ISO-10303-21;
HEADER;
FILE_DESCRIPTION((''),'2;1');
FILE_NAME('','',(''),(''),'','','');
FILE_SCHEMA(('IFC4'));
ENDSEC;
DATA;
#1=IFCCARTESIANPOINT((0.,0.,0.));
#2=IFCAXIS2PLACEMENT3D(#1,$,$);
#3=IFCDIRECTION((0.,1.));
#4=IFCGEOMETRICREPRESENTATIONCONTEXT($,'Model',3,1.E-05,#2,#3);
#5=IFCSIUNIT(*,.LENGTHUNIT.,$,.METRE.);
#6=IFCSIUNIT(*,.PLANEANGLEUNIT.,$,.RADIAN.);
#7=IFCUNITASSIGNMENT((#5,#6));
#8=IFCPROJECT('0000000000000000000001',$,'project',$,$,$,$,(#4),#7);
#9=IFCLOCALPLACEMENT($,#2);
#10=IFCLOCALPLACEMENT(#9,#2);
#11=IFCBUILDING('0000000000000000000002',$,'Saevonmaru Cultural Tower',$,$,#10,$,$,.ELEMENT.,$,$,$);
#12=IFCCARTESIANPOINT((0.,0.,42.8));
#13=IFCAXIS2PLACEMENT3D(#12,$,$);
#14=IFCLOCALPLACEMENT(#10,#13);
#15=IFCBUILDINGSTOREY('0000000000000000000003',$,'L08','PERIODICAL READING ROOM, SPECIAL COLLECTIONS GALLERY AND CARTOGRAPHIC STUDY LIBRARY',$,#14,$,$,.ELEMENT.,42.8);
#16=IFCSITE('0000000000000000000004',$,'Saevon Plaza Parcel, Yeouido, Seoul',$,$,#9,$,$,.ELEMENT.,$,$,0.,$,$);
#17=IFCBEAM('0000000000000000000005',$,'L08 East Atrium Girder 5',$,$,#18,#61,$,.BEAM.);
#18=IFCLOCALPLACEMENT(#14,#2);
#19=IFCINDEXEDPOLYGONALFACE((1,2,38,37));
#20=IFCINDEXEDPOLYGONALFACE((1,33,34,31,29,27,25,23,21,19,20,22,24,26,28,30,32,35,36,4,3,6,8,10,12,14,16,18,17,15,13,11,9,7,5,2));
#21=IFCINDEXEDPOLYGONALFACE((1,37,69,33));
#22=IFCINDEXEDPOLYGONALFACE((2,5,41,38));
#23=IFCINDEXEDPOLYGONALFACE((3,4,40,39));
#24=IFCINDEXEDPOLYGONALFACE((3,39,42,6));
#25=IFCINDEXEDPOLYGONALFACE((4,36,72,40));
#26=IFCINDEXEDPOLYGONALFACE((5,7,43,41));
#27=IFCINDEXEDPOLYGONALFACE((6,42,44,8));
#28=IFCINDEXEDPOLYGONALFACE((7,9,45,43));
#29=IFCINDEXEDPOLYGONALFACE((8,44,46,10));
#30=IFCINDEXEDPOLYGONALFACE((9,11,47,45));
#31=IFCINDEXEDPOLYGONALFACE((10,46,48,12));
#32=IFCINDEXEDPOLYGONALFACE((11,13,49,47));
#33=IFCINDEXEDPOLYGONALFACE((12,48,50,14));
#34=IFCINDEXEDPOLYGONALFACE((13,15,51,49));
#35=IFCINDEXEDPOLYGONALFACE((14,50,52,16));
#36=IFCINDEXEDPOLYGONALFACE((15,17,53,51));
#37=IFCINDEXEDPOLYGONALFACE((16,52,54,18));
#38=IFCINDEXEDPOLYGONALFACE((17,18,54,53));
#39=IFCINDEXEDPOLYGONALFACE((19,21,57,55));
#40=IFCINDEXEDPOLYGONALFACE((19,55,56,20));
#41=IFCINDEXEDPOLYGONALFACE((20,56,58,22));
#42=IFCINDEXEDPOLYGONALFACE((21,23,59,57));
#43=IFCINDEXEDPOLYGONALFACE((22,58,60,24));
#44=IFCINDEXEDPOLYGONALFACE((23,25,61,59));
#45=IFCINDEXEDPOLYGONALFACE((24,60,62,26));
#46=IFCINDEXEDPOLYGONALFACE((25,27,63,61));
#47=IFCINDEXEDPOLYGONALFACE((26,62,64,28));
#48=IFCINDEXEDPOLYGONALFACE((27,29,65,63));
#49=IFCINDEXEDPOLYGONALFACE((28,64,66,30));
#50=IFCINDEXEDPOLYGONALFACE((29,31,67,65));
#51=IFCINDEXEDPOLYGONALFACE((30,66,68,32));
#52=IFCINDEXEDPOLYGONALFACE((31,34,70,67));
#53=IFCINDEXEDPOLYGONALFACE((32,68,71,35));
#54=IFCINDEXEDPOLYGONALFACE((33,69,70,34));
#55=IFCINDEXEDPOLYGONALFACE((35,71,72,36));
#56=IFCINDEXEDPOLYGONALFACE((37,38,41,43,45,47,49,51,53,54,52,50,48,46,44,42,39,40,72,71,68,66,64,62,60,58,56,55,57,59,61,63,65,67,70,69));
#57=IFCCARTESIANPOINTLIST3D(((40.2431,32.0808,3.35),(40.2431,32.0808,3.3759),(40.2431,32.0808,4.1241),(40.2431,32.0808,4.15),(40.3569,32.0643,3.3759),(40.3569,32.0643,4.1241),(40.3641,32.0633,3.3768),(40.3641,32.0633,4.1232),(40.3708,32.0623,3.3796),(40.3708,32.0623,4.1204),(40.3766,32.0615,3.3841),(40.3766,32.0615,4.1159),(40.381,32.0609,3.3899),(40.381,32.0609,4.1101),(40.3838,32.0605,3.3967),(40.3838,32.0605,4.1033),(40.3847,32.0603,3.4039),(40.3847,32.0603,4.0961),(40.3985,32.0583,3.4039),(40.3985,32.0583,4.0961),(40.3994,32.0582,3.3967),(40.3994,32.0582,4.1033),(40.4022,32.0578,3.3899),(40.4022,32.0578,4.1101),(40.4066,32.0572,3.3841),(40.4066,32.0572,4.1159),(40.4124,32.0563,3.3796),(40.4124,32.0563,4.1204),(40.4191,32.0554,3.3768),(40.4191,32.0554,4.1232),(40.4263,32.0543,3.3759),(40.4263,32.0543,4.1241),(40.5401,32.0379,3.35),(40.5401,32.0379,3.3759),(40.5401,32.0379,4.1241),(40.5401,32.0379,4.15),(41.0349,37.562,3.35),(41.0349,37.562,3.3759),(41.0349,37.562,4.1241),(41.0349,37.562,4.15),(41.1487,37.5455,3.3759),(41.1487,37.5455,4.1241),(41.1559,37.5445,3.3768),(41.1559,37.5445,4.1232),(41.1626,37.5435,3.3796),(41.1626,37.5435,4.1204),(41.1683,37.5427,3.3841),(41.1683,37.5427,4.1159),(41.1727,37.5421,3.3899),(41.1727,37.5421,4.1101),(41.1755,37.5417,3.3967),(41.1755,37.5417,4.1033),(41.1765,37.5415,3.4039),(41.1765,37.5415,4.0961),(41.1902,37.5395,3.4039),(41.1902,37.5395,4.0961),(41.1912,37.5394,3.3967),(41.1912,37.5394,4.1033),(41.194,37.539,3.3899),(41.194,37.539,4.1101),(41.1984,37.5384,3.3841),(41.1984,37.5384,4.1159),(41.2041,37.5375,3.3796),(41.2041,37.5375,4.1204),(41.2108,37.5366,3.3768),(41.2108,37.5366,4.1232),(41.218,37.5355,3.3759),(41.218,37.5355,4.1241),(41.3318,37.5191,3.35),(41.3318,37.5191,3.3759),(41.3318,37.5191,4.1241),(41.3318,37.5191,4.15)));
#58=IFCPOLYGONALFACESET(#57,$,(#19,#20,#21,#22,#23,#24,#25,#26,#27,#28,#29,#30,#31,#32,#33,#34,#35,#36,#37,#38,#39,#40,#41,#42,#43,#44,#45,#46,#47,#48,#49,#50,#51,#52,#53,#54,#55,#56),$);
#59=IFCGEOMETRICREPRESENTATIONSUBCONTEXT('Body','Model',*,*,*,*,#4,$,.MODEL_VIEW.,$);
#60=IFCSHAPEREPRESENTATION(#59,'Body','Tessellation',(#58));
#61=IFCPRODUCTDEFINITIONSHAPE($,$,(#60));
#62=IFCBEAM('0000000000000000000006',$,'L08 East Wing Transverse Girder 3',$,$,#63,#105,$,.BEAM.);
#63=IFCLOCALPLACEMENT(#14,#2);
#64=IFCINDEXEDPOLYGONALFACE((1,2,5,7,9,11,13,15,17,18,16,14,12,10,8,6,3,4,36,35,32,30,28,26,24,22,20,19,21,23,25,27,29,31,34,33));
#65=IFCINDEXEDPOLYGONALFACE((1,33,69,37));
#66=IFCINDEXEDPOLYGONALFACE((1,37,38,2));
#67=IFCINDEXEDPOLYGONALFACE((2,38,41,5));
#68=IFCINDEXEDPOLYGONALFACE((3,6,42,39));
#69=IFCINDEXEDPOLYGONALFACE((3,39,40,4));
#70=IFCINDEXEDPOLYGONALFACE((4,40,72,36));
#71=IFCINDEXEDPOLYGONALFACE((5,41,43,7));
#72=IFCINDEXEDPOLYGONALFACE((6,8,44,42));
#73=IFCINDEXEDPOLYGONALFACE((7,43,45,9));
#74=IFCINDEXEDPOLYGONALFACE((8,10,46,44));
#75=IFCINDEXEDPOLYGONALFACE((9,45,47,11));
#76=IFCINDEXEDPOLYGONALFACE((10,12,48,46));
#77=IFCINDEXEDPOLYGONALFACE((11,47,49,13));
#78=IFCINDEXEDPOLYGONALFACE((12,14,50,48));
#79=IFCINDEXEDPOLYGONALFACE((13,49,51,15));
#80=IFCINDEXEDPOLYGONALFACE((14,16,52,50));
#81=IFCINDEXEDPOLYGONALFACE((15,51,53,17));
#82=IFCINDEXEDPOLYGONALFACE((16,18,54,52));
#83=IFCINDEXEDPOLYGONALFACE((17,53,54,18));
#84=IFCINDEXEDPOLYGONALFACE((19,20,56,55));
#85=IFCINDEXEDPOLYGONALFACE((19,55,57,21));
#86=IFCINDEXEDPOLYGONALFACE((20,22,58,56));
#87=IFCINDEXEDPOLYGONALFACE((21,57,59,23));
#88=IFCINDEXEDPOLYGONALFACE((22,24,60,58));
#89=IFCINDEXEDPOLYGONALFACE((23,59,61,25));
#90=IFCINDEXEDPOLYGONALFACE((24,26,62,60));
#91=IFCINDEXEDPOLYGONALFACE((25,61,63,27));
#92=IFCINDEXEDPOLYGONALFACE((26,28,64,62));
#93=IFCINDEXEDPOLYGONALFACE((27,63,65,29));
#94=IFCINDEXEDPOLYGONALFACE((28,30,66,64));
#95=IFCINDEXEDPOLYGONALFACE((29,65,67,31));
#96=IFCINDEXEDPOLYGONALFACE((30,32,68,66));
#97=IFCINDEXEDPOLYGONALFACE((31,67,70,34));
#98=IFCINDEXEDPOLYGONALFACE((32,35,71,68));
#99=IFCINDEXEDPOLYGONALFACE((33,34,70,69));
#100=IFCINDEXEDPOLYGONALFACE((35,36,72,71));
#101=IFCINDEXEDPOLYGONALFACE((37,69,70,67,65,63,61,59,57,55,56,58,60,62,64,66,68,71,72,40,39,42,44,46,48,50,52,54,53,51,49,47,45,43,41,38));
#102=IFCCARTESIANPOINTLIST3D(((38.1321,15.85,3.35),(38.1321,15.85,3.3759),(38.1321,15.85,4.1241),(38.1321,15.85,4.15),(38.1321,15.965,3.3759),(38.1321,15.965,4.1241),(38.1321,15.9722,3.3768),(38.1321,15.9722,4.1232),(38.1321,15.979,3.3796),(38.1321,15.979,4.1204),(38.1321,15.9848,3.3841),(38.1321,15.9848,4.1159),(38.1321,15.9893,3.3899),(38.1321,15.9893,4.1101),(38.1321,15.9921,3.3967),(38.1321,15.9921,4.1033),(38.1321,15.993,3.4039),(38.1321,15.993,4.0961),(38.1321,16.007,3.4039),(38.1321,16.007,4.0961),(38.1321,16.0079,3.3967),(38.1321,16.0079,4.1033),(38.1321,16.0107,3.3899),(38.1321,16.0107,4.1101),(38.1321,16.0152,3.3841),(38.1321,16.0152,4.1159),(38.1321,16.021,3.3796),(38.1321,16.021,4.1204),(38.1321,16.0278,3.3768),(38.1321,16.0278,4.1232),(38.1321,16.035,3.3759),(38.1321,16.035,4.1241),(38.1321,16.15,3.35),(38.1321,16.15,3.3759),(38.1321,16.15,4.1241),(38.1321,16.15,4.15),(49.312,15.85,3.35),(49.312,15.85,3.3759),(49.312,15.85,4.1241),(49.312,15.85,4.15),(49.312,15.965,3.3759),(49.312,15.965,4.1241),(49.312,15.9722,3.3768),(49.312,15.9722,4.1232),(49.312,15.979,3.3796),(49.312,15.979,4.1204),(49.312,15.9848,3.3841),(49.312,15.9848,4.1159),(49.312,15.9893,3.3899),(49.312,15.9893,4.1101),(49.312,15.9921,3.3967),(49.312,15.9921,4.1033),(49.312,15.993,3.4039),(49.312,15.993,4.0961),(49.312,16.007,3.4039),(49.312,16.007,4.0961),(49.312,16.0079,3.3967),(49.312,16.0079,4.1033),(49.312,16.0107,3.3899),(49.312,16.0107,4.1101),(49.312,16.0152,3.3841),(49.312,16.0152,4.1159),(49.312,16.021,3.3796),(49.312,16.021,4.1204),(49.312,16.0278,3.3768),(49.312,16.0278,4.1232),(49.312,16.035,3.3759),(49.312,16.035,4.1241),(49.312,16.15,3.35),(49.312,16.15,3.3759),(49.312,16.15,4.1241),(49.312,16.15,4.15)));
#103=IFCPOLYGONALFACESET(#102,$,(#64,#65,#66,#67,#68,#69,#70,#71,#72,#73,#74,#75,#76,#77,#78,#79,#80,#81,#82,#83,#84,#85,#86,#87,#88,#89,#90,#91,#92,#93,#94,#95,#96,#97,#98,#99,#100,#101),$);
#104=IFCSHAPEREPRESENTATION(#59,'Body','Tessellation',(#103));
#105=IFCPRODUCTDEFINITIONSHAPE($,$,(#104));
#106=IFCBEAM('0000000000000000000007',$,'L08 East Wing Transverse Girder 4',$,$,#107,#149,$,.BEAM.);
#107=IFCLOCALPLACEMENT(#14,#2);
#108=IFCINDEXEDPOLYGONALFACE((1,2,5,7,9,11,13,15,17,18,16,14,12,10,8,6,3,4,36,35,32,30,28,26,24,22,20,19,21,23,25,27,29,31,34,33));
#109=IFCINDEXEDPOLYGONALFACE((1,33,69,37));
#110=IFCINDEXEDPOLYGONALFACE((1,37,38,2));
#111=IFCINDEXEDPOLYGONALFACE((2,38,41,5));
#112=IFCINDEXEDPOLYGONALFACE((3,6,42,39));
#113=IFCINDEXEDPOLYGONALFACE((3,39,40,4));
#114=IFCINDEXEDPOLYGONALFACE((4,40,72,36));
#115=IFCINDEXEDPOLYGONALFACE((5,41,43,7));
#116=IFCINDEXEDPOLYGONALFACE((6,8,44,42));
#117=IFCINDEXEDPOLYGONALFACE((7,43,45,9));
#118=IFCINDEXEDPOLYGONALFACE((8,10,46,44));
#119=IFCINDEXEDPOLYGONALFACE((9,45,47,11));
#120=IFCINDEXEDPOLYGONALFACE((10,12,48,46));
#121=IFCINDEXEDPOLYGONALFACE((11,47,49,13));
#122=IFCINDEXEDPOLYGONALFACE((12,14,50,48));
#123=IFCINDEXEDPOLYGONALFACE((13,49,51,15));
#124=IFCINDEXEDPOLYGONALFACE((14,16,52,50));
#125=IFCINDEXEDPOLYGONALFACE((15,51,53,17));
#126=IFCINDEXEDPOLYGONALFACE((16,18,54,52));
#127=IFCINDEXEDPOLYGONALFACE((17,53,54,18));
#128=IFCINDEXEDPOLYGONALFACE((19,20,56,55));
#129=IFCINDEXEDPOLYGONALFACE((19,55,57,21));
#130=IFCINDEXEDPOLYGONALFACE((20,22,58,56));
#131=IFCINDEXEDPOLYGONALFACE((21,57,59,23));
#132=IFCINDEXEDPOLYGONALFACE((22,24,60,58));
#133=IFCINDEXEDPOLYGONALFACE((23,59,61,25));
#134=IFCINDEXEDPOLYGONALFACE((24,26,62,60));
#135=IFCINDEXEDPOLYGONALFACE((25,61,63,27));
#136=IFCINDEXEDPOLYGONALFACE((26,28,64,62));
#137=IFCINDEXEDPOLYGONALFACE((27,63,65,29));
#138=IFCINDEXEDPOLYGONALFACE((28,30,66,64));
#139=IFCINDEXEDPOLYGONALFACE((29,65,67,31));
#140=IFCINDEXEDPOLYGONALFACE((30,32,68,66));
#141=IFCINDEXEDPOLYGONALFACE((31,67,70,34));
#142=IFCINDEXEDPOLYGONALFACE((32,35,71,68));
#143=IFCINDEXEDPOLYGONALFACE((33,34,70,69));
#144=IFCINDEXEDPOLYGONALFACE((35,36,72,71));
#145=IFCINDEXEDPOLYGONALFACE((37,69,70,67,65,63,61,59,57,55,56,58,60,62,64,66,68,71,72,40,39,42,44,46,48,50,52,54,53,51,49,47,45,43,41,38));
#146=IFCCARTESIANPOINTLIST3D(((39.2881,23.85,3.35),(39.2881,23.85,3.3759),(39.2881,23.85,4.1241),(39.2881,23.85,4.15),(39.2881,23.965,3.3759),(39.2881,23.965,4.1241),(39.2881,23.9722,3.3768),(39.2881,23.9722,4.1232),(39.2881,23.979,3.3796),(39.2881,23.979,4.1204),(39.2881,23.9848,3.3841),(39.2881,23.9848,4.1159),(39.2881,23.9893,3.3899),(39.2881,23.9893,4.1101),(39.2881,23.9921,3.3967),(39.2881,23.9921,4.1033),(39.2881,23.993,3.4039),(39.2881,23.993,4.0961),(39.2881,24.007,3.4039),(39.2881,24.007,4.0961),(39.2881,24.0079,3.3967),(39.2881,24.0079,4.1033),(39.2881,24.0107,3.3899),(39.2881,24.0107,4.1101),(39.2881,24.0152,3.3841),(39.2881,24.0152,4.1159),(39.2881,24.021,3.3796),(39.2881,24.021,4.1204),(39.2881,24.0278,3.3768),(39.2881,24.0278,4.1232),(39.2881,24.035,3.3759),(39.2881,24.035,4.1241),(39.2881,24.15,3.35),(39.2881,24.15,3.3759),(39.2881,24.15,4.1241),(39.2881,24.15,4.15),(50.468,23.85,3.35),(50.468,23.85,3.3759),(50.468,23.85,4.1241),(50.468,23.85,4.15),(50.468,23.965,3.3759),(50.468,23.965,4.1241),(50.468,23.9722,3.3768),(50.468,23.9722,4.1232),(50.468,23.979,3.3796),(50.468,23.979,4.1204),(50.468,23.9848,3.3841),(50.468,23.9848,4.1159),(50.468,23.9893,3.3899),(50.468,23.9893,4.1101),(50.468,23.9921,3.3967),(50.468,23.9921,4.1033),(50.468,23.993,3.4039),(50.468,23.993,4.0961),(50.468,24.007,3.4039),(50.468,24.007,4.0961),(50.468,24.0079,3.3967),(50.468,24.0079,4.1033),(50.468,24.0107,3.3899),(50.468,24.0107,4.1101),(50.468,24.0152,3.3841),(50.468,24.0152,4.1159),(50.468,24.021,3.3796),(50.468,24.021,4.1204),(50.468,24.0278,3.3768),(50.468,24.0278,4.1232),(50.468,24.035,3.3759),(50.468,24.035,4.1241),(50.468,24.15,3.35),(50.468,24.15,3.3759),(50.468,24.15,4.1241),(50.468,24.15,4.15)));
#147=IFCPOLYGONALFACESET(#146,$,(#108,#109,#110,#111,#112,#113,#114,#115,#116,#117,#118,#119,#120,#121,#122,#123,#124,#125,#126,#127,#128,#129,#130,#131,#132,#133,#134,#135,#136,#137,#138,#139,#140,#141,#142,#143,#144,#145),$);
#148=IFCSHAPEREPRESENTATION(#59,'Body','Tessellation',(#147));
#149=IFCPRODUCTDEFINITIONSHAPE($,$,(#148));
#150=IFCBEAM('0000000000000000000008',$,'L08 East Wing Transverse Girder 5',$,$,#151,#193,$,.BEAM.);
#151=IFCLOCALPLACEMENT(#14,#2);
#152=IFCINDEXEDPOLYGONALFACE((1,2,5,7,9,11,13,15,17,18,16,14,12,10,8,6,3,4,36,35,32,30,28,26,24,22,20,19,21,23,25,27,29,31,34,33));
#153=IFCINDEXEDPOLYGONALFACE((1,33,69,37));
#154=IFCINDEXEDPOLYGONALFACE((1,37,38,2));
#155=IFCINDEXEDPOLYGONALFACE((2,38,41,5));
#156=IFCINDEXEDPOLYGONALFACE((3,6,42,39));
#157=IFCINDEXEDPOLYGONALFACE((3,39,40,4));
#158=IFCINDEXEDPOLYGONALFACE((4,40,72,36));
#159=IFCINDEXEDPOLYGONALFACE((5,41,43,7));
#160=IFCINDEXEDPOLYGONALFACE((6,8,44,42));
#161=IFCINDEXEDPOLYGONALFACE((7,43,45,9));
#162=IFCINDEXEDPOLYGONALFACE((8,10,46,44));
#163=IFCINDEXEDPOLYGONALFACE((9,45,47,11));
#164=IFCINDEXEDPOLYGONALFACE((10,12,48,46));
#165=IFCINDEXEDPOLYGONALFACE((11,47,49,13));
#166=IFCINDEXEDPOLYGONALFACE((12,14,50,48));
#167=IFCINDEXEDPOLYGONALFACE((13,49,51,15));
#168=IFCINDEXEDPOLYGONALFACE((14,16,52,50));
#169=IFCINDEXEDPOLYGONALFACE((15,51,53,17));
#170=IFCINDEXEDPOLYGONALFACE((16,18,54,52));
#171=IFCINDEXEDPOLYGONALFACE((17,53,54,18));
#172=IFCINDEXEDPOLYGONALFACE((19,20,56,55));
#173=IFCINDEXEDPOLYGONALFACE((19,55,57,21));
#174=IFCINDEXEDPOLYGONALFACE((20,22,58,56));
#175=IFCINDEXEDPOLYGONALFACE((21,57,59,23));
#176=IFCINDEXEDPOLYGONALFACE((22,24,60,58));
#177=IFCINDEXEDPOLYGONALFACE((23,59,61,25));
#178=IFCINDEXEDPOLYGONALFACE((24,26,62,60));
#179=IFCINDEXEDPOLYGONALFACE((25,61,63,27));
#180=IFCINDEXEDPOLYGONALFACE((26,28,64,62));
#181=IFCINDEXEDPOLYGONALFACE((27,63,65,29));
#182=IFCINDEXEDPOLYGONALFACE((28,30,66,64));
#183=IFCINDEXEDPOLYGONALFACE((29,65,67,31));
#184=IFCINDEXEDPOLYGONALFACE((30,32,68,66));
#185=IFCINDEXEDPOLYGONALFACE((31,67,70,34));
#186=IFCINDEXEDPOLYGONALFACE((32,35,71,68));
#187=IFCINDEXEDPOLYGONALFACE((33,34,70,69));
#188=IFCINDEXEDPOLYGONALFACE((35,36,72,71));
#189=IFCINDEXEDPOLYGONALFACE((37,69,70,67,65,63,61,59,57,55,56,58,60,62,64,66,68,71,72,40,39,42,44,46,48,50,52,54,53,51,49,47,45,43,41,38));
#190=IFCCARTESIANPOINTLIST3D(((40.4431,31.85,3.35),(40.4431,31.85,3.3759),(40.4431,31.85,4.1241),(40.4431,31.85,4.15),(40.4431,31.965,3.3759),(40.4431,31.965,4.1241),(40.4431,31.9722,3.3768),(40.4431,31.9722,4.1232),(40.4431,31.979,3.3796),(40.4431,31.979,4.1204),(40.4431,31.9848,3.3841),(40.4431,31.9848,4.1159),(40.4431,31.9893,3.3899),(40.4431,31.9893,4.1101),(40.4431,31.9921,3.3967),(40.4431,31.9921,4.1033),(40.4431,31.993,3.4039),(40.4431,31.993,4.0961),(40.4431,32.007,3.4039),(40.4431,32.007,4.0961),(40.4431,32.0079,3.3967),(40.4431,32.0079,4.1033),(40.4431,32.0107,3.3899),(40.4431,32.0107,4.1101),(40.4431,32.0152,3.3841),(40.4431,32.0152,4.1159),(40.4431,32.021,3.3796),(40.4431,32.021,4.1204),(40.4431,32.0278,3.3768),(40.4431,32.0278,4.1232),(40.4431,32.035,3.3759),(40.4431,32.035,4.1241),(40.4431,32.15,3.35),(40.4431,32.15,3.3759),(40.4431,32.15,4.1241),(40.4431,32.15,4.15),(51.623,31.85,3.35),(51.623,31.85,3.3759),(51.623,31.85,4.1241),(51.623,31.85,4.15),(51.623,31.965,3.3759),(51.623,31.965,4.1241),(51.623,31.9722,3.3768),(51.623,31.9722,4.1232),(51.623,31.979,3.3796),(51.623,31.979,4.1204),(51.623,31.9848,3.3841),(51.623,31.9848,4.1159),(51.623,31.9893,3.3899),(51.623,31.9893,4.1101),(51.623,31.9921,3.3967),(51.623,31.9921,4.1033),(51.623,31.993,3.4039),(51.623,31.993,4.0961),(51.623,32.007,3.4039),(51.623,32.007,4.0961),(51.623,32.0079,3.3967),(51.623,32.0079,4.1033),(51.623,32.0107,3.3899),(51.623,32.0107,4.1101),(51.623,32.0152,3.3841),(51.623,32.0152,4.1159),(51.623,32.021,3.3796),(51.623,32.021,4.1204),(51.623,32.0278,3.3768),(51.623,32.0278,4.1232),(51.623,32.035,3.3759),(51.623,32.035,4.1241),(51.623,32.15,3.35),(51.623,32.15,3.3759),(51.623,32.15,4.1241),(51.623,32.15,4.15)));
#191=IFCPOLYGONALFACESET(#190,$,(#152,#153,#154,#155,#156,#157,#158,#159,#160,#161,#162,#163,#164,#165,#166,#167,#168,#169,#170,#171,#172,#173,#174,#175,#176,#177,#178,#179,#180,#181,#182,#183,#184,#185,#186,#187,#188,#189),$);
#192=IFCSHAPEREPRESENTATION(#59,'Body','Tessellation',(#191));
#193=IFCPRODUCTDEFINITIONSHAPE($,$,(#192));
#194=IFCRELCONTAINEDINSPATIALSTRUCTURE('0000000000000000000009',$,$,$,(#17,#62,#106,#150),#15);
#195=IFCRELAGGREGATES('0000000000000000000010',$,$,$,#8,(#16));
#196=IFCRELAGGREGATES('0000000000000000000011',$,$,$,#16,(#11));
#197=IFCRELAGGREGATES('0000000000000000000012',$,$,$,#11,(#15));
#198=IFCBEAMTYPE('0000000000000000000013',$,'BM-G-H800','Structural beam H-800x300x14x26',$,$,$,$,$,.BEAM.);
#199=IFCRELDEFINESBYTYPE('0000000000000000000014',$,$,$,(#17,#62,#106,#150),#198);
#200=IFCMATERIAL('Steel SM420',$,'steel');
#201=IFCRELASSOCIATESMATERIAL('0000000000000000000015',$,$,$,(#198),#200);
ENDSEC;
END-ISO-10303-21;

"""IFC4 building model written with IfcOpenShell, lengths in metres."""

from ifc_helpers import new_model, si_unit, direction, frame, origin, origin_2d, place, context, subcontext, project, spatial, i_section, extrude, material, material_profile, profile_set, type_object, element, save


model = new_model("IFC4")

# Units and contexts
model_context = context("Model", 3, precision=1e-05, world=origin(), true_north=direction((0.0, 1.0)))
body_context = subcontext(model_context, "Body", "Model", "MODEL_VIEW")
ifc_project = project(units=[si_unit("LENGTHUNIT", "METRE"), si_unit("PLANEANGLEUNIT", "RADIAN")], contexts=[model_context])

# Site, building, storey
site_placement = place(None, origin())
site = spatial("IfcSite", under=ifc_project, at=site_placement, Name="Saevon Plaza Parcel, Yeouido, Seoul", CompositionType="ELEMENT", RefElevation=0.0)
building_placement = place(site_placement, origin())
building = spatial("IfcBuilding", under=site, at=building_placement, Name="Saevonmaru Cultural Tower", CompositionType="ELEMENT")
storey_placement = place(building_placement, frame((0.0, 0.0, 42.8)))
storey = spatial("IfcBuildingStorey", under=building, at=storey_placement, Name="L08", Description="PERIODICAL READING ROOM, SPECIAL COLLECTIONS GALLERY AND CARTOGRAPHIC STUDY LIBRARY", CompositionType="ELEMENT", Elevation=42.8)

# Shared definitions
ifc_material_1 = material(Name="Steel SM420", Category="steel")

# Beams
ifc_material_profile_1 = material_profile(ifc_material_1, i_section(OverallWidth=0.3, OverallDepth=0.8, WebThickness=0.0139, FlangeThickness=0.0259, FilletRadius=0.0281, at=origin_2d()), Name="H-800x300x14x26")
ifc_profile_set_1 = profile_set([ifc_material_profile_1], Name="Steel SM420")
beam_type_1 = type_object("IfcBeamType", Name="BM-G-H800", Description="Structural beam H-800x300x14x26", PredefinedType="BEAM", material=ifc_profile_set_1)
beam_1_placement = place(storey_placement, frame((40.3916, 32.0593, 3.75), z_axis=(0.142964, 0.989728, 0.0), x_axis=(-0.989728, 0.142964, 0.0)))
element("IfcBeam", 1, at=beam_1_placement, inside=storey, type_object=beam_type_1, Name="L08 East Atrium Girder 5", PredefinedType="BEAM", context=body_context, shape_type="SweptSolid", body=[
    extrude(i_section(OverallWidth=0.3, OverallDepth=0.8, WebThickness=0.0139, FlangeThickness=0.0259, FilletRadius=0.0281, at=origin_2d()), origin(), (0.0, 0.0, 1.0), 5.5381),
])
for number, where, z_axis, x_axis, name in (
    (2, (38.1321, 16.0, 3.75), (1.0, 0.0, 0.0), (0.0, 1.0, 0.0), "L08 East Wing Transverse Girder 3"),
    (3, (39.2881, 24.0, 3.75), (1.0, 0.0, 0.0), (0.0, 1.0, 0.0), "L08 East Wing Transverse Girder 4"),
    (4, (40.4431, 32.0, 3.75), (1.0, 0.0, 0.0), (0.0, 1.0, 0.0), "L08 East Wing Transverse Girder 5"),
):
    element("IfcBeam", number, at=place(storey_placement, frame(where, z_axis=z_axis, x_axis=x_axis)), inside=storey, type_object=beam_type_1, Name=name, PredefinedType="BEAM", context=body_context, shape_type="SweptSolid", body=[
        extrude(i_section(OverallWidth=0.3, OverallDepth=0.8, WebThickness=0.0139, FlangeThickness=0.0259, FilletRadius=0.0281, at=origin_2d()), origin(), (0.0, 0.0, 1.0), 11.1799),
    ])

save(model, "model.ifc")
